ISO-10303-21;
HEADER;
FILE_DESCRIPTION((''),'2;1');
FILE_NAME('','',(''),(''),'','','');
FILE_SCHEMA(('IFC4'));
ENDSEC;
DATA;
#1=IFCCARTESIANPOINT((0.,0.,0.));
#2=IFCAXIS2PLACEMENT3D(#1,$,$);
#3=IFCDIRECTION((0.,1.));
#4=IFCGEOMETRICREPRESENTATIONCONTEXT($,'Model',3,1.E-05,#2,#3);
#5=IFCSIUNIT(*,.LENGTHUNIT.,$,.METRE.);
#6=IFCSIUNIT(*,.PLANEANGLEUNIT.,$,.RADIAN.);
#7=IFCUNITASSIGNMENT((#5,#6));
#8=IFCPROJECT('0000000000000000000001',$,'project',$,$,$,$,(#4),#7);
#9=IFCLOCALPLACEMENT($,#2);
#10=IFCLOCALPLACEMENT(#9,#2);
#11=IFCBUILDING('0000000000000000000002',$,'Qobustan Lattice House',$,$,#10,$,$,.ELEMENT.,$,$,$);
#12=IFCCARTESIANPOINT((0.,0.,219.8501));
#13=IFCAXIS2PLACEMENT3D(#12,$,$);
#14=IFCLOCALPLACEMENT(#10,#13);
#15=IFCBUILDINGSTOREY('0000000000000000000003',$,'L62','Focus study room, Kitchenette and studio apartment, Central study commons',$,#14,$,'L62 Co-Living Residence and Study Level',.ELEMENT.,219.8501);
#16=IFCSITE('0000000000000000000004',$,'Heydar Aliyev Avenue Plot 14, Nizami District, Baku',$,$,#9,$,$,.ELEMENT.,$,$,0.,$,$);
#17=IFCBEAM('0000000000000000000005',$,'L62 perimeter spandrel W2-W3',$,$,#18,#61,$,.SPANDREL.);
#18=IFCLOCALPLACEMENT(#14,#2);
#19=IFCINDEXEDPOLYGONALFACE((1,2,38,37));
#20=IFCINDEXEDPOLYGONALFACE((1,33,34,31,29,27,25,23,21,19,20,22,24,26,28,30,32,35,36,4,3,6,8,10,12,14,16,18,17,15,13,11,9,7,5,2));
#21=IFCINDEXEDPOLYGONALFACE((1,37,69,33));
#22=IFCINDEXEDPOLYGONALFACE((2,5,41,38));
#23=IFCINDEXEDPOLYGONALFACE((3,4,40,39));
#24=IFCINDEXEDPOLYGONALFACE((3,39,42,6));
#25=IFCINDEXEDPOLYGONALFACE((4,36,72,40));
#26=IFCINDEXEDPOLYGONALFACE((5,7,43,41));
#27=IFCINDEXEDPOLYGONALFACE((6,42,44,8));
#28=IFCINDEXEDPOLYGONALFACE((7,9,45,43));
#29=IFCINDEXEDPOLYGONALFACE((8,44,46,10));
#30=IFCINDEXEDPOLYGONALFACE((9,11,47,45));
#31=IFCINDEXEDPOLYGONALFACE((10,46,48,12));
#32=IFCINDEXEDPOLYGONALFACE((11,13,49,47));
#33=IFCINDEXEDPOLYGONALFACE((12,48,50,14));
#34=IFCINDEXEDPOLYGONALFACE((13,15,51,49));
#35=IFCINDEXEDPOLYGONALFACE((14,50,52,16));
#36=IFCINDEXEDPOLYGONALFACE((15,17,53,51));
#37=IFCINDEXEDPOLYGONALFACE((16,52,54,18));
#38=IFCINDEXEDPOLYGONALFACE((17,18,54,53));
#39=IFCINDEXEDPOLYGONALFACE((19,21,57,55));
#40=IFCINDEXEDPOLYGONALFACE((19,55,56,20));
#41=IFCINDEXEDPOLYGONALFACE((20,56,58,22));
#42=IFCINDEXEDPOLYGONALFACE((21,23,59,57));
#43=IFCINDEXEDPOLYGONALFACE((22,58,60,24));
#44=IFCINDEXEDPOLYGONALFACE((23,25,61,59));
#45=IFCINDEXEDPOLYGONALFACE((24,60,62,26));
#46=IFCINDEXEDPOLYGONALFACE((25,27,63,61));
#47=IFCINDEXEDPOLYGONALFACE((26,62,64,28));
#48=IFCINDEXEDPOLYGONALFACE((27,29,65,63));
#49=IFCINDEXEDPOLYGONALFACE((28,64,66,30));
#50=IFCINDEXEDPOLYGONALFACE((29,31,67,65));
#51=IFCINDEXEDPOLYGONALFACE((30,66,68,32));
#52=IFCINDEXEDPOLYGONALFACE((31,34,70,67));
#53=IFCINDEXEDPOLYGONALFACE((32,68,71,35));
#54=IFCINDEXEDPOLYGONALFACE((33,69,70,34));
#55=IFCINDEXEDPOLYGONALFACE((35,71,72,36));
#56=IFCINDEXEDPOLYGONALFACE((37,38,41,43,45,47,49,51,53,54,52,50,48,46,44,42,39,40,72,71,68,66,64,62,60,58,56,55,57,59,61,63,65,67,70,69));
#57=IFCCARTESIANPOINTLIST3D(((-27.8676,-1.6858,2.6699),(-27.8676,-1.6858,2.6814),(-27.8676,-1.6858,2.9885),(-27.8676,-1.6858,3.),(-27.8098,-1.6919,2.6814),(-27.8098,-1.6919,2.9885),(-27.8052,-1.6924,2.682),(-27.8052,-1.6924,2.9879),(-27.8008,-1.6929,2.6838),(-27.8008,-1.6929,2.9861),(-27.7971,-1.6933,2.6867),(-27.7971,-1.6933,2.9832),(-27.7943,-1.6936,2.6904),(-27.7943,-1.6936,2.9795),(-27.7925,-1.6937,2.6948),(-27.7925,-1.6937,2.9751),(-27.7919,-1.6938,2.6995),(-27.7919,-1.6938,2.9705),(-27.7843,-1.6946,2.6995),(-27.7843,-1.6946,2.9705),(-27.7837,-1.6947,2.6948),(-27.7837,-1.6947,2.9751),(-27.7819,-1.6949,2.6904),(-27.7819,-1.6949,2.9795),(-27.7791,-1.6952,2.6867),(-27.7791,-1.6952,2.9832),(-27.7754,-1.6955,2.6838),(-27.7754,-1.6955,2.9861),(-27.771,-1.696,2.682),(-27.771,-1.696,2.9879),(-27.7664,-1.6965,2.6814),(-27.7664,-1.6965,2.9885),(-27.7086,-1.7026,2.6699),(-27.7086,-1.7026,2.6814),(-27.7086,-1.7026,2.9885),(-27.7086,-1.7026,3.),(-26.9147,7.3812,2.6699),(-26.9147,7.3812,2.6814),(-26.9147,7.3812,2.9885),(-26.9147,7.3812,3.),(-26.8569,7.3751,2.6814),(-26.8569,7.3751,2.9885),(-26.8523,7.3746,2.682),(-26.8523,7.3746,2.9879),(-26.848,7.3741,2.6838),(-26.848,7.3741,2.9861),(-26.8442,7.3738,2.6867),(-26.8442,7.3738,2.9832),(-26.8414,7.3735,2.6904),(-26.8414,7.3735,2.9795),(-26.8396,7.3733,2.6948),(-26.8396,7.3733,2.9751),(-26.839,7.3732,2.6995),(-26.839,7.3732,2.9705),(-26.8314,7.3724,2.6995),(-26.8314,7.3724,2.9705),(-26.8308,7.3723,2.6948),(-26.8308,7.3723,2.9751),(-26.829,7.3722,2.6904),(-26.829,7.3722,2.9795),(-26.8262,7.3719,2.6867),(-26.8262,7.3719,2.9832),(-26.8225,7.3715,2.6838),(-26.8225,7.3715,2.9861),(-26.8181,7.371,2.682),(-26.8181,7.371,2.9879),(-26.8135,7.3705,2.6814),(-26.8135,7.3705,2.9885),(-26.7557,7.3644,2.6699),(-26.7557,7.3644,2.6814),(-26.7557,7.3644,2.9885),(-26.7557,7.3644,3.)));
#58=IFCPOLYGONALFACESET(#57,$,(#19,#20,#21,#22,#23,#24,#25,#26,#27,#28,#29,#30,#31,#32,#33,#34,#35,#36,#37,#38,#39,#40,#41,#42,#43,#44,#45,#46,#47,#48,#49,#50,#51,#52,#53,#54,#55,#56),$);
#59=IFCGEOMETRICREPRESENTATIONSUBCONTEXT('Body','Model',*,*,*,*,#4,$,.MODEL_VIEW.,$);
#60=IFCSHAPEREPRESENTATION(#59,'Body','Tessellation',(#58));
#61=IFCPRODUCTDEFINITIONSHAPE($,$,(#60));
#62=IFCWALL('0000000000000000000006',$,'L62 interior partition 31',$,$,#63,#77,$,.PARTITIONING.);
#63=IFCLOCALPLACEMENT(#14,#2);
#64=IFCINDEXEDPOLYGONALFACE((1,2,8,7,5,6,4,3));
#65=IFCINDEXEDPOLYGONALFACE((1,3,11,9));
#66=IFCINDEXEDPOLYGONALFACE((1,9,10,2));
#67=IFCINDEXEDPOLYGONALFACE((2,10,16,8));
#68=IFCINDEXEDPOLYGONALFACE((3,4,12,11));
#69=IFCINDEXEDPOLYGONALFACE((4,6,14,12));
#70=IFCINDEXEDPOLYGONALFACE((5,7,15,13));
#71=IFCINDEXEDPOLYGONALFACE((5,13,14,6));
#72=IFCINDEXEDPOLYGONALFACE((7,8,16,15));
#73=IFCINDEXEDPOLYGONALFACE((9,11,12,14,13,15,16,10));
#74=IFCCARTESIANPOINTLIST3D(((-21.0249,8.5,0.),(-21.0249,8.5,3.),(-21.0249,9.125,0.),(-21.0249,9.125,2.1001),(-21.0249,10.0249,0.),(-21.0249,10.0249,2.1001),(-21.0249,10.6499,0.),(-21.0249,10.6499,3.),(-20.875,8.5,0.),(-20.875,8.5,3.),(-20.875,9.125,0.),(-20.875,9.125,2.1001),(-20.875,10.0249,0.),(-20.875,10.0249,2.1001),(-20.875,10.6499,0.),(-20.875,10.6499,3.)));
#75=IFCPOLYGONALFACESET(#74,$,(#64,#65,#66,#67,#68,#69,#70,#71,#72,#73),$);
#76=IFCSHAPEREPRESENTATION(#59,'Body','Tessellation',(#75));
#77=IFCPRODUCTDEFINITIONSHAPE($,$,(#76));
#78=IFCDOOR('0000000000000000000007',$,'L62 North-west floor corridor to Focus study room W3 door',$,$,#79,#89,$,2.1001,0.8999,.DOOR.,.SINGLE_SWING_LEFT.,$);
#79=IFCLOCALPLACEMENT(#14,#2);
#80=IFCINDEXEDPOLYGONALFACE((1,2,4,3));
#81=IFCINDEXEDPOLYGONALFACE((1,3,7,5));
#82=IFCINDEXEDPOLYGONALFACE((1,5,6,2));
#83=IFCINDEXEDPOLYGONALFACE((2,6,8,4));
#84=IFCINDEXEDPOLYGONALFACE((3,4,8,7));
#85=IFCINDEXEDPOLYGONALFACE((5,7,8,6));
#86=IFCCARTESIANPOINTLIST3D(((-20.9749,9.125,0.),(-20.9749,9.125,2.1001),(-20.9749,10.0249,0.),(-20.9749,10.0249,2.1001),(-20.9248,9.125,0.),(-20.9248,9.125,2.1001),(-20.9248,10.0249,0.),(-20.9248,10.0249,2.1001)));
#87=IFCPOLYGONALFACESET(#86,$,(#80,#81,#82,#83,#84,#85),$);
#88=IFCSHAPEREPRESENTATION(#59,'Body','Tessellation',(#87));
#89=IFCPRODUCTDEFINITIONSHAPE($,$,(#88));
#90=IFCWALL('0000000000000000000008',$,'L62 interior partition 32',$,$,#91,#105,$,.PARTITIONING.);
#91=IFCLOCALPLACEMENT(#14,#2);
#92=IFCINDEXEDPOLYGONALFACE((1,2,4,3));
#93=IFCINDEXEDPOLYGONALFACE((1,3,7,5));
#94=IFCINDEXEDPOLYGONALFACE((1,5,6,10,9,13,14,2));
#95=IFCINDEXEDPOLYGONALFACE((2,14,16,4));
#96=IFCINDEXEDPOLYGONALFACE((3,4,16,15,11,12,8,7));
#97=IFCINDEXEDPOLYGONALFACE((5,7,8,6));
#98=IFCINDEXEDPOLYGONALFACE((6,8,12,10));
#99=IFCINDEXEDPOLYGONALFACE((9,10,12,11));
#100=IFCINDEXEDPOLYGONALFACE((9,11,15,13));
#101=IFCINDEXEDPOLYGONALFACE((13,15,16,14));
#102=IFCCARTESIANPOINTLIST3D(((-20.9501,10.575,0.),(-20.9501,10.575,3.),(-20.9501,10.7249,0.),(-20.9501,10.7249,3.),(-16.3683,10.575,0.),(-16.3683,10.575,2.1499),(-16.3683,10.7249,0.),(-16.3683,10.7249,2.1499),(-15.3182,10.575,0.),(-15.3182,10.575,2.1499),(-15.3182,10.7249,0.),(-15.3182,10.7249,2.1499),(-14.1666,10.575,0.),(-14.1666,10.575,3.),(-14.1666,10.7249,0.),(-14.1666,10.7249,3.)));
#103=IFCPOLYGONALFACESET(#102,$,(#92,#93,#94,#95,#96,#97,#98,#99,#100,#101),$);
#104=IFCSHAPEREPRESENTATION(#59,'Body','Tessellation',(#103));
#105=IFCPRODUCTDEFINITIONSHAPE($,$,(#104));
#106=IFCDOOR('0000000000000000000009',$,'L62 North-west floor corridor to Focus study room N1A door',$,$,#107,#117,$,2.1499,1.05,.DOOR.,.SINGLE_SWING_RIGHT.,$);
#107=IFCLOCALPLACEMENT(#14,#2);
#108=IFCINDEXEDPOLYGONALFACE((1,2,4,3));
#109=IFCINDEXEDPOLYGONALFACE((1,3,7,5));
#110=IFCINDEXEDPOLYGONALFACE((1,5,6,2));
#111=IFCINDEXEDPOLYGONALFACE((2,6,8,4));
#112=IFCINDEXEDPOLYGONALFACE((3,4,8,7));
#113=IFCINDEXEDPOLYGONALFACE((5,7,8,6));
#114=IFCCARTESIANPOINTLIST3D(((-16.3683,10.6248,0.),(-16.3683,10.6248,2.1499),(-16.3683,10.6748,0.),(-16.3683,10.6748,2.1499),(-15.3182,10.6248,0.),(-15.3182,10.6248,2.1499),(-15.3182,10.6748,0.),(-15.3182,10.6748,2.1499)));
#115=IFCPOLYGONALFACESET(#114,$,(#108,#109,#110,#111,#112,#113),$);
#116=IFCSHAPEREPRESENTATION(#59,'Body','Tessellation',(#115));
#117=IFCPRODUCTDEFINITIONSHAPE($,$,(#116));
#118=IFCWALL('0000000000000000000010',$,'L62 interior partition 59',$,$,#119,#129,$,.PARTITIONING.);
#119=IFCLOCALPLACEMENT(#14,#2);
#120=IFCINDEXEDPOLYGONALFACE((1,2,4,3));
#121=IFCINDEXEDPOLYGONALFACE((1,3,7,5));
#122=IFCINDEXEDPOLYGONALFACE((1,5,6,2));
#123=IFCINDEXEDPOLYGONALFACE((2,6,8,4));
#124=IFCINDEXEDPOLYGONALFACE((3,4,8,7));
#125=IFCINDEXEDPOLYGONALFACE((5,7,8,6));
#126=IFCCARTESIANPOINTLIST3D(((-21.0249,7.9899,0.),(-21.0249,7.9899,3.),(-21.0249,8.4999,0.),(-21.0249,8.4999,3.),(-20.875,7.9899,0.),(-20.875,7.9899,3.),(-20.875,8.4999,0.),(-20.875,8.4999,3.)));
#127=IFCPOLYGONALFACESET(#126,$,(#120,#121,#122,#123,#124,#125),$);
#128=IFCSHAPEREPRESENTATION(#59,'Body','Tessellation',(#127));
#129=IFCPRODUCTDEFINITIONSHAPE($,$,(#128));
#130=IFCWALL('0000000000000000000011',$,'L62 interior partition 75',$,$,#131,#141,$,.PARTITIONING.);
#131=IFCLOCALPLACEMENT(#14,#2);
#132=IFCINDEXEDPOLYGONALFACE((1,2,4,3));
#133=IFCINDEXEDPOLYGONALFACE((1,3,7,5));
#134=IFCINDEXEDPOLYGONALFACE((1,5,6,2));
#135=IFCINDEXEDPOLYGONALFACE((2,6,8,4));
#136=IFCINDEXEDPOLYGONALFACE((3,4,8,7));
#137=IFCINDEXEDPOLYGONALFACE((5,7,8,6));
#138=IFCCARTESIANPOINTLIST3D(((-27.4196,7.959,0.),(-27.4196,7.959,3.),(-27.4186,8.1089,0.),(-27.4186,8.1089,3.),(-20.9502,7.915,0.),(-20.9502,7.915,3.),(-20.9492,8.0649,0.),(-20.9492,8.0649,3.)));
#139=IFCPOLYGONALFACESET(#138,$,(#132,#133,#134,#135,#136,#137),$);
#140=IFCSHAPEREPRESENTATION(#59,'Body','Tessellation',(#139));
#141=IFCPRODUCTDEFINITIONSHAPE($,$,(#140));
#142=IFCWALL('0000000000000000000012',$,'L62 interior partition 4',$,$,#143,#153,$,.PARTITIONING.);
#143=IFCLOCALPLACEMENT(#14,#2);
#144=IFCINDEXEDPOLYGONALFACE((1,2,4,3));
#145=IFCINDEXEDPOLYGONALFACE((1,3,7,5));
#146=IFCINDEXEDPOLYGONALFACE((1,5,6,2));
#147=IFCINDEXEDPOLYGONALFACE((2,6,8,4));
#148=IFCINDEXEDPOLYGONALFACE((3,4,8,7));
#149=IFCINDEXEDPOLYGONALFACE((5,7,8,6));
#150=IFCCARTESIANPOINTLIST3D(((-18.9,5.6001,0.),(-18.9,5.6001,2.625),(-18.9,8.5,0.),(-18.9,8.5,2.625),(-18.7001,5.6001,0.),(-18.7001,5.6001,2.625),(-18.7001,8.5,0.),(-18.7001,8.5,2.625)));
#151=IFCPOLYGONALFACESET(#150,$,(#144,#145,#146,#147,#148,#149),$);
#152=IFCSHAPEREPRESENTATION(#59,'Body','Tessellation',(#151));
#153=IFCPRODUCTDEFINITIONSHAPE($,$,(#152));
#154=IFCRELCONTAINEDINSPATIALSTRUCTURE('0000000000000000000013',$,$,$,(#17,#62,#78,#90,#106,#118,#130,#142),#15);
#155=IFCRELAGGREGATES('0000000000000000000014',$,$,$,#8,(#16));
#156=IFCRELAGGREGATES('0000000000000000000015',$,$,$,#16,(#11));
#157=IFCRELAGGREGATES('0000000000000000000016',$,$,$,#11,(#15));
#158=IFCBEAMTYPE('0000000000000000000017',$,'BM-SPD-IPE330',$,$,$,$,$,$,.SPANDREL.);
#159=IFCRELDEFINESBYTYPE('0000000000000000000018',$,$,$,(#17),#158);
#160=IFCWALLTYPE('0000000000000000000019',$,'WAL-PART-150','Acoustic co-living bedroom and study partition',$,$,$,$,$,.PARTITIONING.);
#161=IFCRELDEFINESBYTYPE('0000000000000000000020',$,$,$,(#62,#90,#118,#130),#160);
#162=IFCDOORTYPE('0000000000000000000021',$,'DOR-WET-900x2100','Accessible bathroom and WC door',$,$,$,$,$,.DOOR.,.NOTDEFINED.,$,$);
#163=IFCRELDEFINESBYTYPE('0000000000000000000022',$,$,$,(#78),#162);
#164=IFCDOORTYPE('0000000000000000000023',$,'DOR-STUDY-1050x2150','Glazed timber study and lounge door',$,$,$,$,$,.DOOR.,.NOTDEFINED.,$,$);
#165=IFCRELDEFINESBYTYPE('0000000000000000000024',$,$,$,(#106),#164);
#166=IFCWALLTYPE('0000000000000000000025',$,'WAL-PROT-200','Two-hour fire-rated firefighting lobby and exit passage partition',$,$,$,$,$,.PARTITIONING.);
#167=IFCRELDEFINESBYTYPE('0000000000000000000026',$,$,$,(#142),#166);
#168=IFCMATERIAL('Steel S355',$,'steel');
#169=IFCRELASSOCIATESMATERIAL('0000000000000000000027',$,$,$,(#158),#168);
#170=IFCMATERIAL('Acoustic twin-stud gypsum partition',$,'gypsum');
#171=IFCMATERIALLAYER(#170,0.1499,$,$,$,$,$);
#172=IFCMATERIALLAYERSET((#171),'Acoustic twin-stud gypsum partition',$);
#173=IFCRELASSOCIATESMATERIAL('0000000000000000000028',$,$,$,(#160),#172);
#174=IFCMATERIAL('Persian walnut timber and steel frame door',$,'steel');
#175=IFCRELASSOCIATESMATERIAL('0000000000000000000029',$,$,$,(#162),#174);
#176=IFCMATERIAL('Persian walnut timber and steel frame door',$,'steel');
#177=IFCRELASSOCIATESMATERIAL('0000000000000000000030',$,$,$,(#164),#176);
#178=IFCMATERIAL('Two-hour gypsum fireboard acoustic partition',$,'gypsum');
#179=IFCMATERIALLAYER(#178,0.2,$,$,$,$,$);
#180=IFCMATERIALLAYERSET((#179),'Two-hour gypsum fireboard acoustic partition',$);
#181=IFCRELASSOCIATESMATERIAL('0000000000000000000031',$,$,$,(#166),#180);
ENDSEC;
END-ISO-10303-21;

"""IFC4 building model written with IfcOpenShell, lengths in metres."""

from ifc_helpers import new_model, si_unit, direction, frame, frame_2d, origin, origin_2d, place, context, subcontext, project, spatial, rectangle, i_section, extrude, material, layer, layer_set, material_profile, profile_set, type_object, element, fill, save


model = new_model("IFC4")

# Units and contexts
model_context = context("Model", 3, precision=1e-05, world=origin(), true_north=direction((0.0, 1.0)))
body_context = subcontext(model_context, "Body", "Model", "MODEL_VIEW")
ifc_project = project(units=[si_unit("LENGTHUNIT", "METRE"), si_unit("PLANEANGLEUNIT", "RADIAN")], contexts=[model_context])

# Site, building, storey
site_placement = place(None, origin())
site = spatial("IfcSite", under=ifc_project, at=site_placement, Name="Heydar Aliyev Avenue Plot 14, Nizami District, Baku", CompositionType="ELEMENT", RefElevation=0.0)
building_placement = place(site_placement, origin())
building = spatial("IfcBuilding", under=site, at=building_placement, Name="Qobustan Lattice House", CompositionType="ELEMENT")
storey_placement = place(building_placement, frame((0.0, 0.0, 219.8501)))
storey = spatial("IfcBuildingStorey", under=building, at=storey_placement, Name="L62", Description="Focus study room, Kitchenette and studio apartment, Central study commons", LongName="L62 Co-Living Residence and Study Level", CompositionType="ELEMENT", Elevation=219.8501)

# Beam
ifc_material_1 = material(Name="Steel S355", Category="steel")
ifc_material_profile_1 = material_profile(ifc_material_1, i_section(OverallWidth=0.1599, OverallDepth=0.3301, WebThickness=0.0076, FlangeThickness=0.0115, FilletRadius=0.0181, at=origin_2d()), Name="IPE330")
ifc_profile_set_1 = profile_set([ifc_material_profile_1], Name="Steel S355")
beam_type_1 = type_object("IfcBeamType", Name="BM-SPD-IPE330", PredefinedType="SPANDREL", material=ifc_profile_set_1)
beam_1_placement = place(storey_placement, frame((-26.8352, 7.3728, 2.835), z_axis=(-0.104519, -0.994523, 0.0), x_axis=(0.994523, -0.104519, 0.0)))
element("IfcBeam", 1, at=beam_1_placement, inside=storey, type_object=beam_type_1, Name="L62 perimeter spandrel W2-W3", PredefinedType="SPANDREL", context=body_context, shape_type="SweptSolid", body=[
    extrude(i_section(OverallWidth=0.1599, OverallDepth=0.3301, WebThickness=0.0076, FlangeThickness=0.0115, FilletRadius=0.0181, at=origin_2d()), origin(), (0.0, 0.0, 1.0), 9.1169),
])

# Walls, openings, doors
ifc_material_2 = material(Name="Acoustic twin-stud gypsum partition", Category="gypsum")
ifc_layer_1 = layer(ifc_material_2, 0.1499)
ifc_layer_set_1 = layer_set([ifc_layer_1], Name="Acoustic twin-stud gypsum partition")
wall_type_1 = type_object("IfcWallType", Name="WAL-PART-150", Description="Acoustic co-living bedroom and study partition", PredefinedType="PARTITIONING", material=ifc_layer_set_1)
wall_1_placement = place(storey_placement, frame((-20.95, 8.5, 0.0), z_axis=(0.0, 0.0, 1.0), x_axis=(0.0, 1.0, 0.0)))
wall_1 = element("IfcWall", 2, at=wall_1_placement, inside=storey, type_object=wall_type_1, Name="L62 interior partition 31", PredefinedType="PARTITIONING", context=body_context, shape_type="SweptSolid", body=[
    extrude(rectangle(XDim=2.1499, YDim=0.1499, at=frame_2d((1.075, 0.0))), origin(), (0.0, 0.0, 1.0), 3.0),
])
opening_1_placement = place(wall_1_placement, frame((0.625, 0.0, 0.0)))
opening_1 = element("IfcOpeningElement", 3, at=opening_1_placement, cuts=wall_1, PredefinedType="OPENING", context=body_context, shape_type="SweptSolid", body=[
    extrude(rectangle(XDim=0.8999, YDim=2.1001, at=frame_2d((0.45, 1.05))), frame((0.0, 0.085, 0.0), z_axis=(0.0, -1.0, 0.0), x_axis=(1.0, 0.0, 0.0)), (0.0, 0.0, 1.0), 0.1699),
])
ifc_material_3 = material(Name="Persian walnut timber and steel frame door", Category="steel")
door_type_1 = type_object("IfcDoorType", Name="DOR-WET-900x2100", Description="Accessible bathroom and WC door", OperationType="NOTDEFINED", PredefinedType="DOOR", material=ifc_material_3)
door_1_placement = place(opening_1_placement, origin())
door_1 = element("IfcDoor", 4, at=door_1_placement, inside=storey, type_object=door_type_1, Name="L62 North-west floor corridor to Focus study room W3 door", OperationType="SINGLE_SWING_LEFT", OverallHeight=2.1001, OverallWidth=0.8999, PredefinedType="DOOR", context=body_context, shape_type="SweptSolid", body=[
    extrude(rectangle(XDim=0.8999, YDim=2.1001, at=frame_2d((0.45, 1.05))), frame((0.0, 0.0249, 0.0), z_axis=(0.0, -1.0, 0.0), x_axis=(1.0, 0.0, 0.0)), (0.0, 0.0, 1.0), 0.05),
])
fill(opening_1, door_1)
wall_2_placement = place(storey_placement, frame((-20.95, 10.6499, 0.0), z_axis=(0.0, 0.0, 1.0), x_axis=(1.0, 0.0, 0.0)))
wall_2 = element("IfcWall", 5, at=wall_2_placement, inside=storey, type_object=wall_type_1, Name="L62 interior partition 32", PredefinedType="PARTITIONING", context=body_context, shape_type="SweptSolid", body=[
    extrude(rectangle(XDim=6.7834, YDim=0.1499, at=frame_2d((3.3916, 0.0))), origin(), (0.0, 0.0, 1.0), 3.0),
])
opening_2_placement = place(wall_2_placement, frame((4.5818, 0.0, 0.0)))
opening_2 = element("IfcOpeningElement", 6, at=opening_2_placement, cuts=wall_2, PredefinedType="OPENING", context=body_context, shape_type="SweptSolid", body=[
    extrude(rectangle(XDim=1.05, YDim=2.1499, at=frame_2d((0.5249, 1.075))), frame((0.0, 0.085, 0.0), z_axis=(0.0, -1.0, 0.0), x_axis=(1.0, 0.0, 0.0)), (0.0, 0.0, 1.0), 0.1699),
])
ifc_material_4 = material(Name="Persian walnut timber and steel frame door", Category="steel")
door_type_2 = type_object("IfcDoorType", Name="DOR-STUDY-1050x2150", Description="Glazed timber study and lounge door", OperationType="NOTDEFINED", PredefinedType="DOOR", material=ifc_material_4)
door_2_placement = place(opening_2_placement, origin())
door_2 = element("IfcDoor", 7, at=door_2_placement, inside=storey, type_object=door_type_2, Name="L62 North-west floor corridor to Focus study room N1A door", OperationType="SINGLE_SWING_RIGHT", OverallHeight=2.1499, OverallWidth=1.05, PredefinedType="DOOR", context=body_context, shape_type="SweptSolid", body=[
    extrude(rectangle(XDim=1.05, YDim=2.1499, at=frame_2d((0.5249, 1.075))), frame((0.0, 0.0249, 0.0), z_axis=(0.0, -1.0, 0.0), x_axis=(1.0, 0.0, 0.0)), (0.0, 0.0, 1.0), 0.05),
])
fill(opening_2, door_2)

# Walls
wall_3_placement = place(storey_placement, frame((-20.95, 7.99, 0.0), z_axis=(0.0, 0.0, 1.0), x_axis=(0.0, 1.0, 0.0)))
element("IfcWall", 8, at=wall_3_placement, inside=storey, type_object=wall_type_1, Name="L62 interior partition 59", PredefinedType="PARTITIONING", context=body_context, shape_type="SweptSolid", body=[
    extrude(rectangle(XDim=0.51, YDim=0.1499, at=frame_2d((0.2549, 0.0))), origin(), (0.0, 0.0, 1.0), 3.0),
])
wall_4_placement = place(storey_placement, frame((-27.4192, 8.0339, 0.0), z_axis=(0.0, 0.0, 1.0), x_axis=(0.999977, -0.006793, 0.0)))
element("IfcWall", 9, at=wall_4_placement, inside=storey, type_object=wall_type_1, Name="L62 interior partition 75", PredefinedType="PARTITIONING", context=body_context, shape_type="SweptSolid", body=[
    extrude(rectangle(XDim=6.4695, YDim=0.1499, at=frame_2d((3.2349, 0.0))), origin(), (0.0, 0.0, 1.0), 3.0),
])
ifc_material_5 = material(Name="Two-hour gypsum fireboard acoustic partition", Category="gypsum")
ifc_layer_2 = layer(ifc_material_5, 0.2)
ifc_layer_set_2 = layer_set([ifc_layer_2], Name="Two-hour gypsum fireboard acoustic partition")
wall_type_2 = type_object("IfcWallType", Name="WAL-PROT-200", Description="Two-hour fire-rated firefighting lobby and exit passage partition", PredefinedType="PARTITIONING", material=ifc_layer_set_2)
wall_5_placement = place(storey_placement, frame((-18.8, 8.5, 0.0), z_axis=(0.0, 0.0, 1.0), x_axis=(0.0, -1.0, 0.0)))
element("IfcWall", 10, at=wall_5_placement, inside=storey, type_object=wall_type_2, Name="L62 interior partition 4", PredefinedType="PARTITIONING", context=body_context, shape_type="SweptSolid", body=[
    extrude(rectangle(XDim=2.8999, YDim=0.2, at=frame_2d((1.45, 0.0))), origin(), (0.0, 0.0, 1.0), 2.625),
])

save(model, "model.ifc")
